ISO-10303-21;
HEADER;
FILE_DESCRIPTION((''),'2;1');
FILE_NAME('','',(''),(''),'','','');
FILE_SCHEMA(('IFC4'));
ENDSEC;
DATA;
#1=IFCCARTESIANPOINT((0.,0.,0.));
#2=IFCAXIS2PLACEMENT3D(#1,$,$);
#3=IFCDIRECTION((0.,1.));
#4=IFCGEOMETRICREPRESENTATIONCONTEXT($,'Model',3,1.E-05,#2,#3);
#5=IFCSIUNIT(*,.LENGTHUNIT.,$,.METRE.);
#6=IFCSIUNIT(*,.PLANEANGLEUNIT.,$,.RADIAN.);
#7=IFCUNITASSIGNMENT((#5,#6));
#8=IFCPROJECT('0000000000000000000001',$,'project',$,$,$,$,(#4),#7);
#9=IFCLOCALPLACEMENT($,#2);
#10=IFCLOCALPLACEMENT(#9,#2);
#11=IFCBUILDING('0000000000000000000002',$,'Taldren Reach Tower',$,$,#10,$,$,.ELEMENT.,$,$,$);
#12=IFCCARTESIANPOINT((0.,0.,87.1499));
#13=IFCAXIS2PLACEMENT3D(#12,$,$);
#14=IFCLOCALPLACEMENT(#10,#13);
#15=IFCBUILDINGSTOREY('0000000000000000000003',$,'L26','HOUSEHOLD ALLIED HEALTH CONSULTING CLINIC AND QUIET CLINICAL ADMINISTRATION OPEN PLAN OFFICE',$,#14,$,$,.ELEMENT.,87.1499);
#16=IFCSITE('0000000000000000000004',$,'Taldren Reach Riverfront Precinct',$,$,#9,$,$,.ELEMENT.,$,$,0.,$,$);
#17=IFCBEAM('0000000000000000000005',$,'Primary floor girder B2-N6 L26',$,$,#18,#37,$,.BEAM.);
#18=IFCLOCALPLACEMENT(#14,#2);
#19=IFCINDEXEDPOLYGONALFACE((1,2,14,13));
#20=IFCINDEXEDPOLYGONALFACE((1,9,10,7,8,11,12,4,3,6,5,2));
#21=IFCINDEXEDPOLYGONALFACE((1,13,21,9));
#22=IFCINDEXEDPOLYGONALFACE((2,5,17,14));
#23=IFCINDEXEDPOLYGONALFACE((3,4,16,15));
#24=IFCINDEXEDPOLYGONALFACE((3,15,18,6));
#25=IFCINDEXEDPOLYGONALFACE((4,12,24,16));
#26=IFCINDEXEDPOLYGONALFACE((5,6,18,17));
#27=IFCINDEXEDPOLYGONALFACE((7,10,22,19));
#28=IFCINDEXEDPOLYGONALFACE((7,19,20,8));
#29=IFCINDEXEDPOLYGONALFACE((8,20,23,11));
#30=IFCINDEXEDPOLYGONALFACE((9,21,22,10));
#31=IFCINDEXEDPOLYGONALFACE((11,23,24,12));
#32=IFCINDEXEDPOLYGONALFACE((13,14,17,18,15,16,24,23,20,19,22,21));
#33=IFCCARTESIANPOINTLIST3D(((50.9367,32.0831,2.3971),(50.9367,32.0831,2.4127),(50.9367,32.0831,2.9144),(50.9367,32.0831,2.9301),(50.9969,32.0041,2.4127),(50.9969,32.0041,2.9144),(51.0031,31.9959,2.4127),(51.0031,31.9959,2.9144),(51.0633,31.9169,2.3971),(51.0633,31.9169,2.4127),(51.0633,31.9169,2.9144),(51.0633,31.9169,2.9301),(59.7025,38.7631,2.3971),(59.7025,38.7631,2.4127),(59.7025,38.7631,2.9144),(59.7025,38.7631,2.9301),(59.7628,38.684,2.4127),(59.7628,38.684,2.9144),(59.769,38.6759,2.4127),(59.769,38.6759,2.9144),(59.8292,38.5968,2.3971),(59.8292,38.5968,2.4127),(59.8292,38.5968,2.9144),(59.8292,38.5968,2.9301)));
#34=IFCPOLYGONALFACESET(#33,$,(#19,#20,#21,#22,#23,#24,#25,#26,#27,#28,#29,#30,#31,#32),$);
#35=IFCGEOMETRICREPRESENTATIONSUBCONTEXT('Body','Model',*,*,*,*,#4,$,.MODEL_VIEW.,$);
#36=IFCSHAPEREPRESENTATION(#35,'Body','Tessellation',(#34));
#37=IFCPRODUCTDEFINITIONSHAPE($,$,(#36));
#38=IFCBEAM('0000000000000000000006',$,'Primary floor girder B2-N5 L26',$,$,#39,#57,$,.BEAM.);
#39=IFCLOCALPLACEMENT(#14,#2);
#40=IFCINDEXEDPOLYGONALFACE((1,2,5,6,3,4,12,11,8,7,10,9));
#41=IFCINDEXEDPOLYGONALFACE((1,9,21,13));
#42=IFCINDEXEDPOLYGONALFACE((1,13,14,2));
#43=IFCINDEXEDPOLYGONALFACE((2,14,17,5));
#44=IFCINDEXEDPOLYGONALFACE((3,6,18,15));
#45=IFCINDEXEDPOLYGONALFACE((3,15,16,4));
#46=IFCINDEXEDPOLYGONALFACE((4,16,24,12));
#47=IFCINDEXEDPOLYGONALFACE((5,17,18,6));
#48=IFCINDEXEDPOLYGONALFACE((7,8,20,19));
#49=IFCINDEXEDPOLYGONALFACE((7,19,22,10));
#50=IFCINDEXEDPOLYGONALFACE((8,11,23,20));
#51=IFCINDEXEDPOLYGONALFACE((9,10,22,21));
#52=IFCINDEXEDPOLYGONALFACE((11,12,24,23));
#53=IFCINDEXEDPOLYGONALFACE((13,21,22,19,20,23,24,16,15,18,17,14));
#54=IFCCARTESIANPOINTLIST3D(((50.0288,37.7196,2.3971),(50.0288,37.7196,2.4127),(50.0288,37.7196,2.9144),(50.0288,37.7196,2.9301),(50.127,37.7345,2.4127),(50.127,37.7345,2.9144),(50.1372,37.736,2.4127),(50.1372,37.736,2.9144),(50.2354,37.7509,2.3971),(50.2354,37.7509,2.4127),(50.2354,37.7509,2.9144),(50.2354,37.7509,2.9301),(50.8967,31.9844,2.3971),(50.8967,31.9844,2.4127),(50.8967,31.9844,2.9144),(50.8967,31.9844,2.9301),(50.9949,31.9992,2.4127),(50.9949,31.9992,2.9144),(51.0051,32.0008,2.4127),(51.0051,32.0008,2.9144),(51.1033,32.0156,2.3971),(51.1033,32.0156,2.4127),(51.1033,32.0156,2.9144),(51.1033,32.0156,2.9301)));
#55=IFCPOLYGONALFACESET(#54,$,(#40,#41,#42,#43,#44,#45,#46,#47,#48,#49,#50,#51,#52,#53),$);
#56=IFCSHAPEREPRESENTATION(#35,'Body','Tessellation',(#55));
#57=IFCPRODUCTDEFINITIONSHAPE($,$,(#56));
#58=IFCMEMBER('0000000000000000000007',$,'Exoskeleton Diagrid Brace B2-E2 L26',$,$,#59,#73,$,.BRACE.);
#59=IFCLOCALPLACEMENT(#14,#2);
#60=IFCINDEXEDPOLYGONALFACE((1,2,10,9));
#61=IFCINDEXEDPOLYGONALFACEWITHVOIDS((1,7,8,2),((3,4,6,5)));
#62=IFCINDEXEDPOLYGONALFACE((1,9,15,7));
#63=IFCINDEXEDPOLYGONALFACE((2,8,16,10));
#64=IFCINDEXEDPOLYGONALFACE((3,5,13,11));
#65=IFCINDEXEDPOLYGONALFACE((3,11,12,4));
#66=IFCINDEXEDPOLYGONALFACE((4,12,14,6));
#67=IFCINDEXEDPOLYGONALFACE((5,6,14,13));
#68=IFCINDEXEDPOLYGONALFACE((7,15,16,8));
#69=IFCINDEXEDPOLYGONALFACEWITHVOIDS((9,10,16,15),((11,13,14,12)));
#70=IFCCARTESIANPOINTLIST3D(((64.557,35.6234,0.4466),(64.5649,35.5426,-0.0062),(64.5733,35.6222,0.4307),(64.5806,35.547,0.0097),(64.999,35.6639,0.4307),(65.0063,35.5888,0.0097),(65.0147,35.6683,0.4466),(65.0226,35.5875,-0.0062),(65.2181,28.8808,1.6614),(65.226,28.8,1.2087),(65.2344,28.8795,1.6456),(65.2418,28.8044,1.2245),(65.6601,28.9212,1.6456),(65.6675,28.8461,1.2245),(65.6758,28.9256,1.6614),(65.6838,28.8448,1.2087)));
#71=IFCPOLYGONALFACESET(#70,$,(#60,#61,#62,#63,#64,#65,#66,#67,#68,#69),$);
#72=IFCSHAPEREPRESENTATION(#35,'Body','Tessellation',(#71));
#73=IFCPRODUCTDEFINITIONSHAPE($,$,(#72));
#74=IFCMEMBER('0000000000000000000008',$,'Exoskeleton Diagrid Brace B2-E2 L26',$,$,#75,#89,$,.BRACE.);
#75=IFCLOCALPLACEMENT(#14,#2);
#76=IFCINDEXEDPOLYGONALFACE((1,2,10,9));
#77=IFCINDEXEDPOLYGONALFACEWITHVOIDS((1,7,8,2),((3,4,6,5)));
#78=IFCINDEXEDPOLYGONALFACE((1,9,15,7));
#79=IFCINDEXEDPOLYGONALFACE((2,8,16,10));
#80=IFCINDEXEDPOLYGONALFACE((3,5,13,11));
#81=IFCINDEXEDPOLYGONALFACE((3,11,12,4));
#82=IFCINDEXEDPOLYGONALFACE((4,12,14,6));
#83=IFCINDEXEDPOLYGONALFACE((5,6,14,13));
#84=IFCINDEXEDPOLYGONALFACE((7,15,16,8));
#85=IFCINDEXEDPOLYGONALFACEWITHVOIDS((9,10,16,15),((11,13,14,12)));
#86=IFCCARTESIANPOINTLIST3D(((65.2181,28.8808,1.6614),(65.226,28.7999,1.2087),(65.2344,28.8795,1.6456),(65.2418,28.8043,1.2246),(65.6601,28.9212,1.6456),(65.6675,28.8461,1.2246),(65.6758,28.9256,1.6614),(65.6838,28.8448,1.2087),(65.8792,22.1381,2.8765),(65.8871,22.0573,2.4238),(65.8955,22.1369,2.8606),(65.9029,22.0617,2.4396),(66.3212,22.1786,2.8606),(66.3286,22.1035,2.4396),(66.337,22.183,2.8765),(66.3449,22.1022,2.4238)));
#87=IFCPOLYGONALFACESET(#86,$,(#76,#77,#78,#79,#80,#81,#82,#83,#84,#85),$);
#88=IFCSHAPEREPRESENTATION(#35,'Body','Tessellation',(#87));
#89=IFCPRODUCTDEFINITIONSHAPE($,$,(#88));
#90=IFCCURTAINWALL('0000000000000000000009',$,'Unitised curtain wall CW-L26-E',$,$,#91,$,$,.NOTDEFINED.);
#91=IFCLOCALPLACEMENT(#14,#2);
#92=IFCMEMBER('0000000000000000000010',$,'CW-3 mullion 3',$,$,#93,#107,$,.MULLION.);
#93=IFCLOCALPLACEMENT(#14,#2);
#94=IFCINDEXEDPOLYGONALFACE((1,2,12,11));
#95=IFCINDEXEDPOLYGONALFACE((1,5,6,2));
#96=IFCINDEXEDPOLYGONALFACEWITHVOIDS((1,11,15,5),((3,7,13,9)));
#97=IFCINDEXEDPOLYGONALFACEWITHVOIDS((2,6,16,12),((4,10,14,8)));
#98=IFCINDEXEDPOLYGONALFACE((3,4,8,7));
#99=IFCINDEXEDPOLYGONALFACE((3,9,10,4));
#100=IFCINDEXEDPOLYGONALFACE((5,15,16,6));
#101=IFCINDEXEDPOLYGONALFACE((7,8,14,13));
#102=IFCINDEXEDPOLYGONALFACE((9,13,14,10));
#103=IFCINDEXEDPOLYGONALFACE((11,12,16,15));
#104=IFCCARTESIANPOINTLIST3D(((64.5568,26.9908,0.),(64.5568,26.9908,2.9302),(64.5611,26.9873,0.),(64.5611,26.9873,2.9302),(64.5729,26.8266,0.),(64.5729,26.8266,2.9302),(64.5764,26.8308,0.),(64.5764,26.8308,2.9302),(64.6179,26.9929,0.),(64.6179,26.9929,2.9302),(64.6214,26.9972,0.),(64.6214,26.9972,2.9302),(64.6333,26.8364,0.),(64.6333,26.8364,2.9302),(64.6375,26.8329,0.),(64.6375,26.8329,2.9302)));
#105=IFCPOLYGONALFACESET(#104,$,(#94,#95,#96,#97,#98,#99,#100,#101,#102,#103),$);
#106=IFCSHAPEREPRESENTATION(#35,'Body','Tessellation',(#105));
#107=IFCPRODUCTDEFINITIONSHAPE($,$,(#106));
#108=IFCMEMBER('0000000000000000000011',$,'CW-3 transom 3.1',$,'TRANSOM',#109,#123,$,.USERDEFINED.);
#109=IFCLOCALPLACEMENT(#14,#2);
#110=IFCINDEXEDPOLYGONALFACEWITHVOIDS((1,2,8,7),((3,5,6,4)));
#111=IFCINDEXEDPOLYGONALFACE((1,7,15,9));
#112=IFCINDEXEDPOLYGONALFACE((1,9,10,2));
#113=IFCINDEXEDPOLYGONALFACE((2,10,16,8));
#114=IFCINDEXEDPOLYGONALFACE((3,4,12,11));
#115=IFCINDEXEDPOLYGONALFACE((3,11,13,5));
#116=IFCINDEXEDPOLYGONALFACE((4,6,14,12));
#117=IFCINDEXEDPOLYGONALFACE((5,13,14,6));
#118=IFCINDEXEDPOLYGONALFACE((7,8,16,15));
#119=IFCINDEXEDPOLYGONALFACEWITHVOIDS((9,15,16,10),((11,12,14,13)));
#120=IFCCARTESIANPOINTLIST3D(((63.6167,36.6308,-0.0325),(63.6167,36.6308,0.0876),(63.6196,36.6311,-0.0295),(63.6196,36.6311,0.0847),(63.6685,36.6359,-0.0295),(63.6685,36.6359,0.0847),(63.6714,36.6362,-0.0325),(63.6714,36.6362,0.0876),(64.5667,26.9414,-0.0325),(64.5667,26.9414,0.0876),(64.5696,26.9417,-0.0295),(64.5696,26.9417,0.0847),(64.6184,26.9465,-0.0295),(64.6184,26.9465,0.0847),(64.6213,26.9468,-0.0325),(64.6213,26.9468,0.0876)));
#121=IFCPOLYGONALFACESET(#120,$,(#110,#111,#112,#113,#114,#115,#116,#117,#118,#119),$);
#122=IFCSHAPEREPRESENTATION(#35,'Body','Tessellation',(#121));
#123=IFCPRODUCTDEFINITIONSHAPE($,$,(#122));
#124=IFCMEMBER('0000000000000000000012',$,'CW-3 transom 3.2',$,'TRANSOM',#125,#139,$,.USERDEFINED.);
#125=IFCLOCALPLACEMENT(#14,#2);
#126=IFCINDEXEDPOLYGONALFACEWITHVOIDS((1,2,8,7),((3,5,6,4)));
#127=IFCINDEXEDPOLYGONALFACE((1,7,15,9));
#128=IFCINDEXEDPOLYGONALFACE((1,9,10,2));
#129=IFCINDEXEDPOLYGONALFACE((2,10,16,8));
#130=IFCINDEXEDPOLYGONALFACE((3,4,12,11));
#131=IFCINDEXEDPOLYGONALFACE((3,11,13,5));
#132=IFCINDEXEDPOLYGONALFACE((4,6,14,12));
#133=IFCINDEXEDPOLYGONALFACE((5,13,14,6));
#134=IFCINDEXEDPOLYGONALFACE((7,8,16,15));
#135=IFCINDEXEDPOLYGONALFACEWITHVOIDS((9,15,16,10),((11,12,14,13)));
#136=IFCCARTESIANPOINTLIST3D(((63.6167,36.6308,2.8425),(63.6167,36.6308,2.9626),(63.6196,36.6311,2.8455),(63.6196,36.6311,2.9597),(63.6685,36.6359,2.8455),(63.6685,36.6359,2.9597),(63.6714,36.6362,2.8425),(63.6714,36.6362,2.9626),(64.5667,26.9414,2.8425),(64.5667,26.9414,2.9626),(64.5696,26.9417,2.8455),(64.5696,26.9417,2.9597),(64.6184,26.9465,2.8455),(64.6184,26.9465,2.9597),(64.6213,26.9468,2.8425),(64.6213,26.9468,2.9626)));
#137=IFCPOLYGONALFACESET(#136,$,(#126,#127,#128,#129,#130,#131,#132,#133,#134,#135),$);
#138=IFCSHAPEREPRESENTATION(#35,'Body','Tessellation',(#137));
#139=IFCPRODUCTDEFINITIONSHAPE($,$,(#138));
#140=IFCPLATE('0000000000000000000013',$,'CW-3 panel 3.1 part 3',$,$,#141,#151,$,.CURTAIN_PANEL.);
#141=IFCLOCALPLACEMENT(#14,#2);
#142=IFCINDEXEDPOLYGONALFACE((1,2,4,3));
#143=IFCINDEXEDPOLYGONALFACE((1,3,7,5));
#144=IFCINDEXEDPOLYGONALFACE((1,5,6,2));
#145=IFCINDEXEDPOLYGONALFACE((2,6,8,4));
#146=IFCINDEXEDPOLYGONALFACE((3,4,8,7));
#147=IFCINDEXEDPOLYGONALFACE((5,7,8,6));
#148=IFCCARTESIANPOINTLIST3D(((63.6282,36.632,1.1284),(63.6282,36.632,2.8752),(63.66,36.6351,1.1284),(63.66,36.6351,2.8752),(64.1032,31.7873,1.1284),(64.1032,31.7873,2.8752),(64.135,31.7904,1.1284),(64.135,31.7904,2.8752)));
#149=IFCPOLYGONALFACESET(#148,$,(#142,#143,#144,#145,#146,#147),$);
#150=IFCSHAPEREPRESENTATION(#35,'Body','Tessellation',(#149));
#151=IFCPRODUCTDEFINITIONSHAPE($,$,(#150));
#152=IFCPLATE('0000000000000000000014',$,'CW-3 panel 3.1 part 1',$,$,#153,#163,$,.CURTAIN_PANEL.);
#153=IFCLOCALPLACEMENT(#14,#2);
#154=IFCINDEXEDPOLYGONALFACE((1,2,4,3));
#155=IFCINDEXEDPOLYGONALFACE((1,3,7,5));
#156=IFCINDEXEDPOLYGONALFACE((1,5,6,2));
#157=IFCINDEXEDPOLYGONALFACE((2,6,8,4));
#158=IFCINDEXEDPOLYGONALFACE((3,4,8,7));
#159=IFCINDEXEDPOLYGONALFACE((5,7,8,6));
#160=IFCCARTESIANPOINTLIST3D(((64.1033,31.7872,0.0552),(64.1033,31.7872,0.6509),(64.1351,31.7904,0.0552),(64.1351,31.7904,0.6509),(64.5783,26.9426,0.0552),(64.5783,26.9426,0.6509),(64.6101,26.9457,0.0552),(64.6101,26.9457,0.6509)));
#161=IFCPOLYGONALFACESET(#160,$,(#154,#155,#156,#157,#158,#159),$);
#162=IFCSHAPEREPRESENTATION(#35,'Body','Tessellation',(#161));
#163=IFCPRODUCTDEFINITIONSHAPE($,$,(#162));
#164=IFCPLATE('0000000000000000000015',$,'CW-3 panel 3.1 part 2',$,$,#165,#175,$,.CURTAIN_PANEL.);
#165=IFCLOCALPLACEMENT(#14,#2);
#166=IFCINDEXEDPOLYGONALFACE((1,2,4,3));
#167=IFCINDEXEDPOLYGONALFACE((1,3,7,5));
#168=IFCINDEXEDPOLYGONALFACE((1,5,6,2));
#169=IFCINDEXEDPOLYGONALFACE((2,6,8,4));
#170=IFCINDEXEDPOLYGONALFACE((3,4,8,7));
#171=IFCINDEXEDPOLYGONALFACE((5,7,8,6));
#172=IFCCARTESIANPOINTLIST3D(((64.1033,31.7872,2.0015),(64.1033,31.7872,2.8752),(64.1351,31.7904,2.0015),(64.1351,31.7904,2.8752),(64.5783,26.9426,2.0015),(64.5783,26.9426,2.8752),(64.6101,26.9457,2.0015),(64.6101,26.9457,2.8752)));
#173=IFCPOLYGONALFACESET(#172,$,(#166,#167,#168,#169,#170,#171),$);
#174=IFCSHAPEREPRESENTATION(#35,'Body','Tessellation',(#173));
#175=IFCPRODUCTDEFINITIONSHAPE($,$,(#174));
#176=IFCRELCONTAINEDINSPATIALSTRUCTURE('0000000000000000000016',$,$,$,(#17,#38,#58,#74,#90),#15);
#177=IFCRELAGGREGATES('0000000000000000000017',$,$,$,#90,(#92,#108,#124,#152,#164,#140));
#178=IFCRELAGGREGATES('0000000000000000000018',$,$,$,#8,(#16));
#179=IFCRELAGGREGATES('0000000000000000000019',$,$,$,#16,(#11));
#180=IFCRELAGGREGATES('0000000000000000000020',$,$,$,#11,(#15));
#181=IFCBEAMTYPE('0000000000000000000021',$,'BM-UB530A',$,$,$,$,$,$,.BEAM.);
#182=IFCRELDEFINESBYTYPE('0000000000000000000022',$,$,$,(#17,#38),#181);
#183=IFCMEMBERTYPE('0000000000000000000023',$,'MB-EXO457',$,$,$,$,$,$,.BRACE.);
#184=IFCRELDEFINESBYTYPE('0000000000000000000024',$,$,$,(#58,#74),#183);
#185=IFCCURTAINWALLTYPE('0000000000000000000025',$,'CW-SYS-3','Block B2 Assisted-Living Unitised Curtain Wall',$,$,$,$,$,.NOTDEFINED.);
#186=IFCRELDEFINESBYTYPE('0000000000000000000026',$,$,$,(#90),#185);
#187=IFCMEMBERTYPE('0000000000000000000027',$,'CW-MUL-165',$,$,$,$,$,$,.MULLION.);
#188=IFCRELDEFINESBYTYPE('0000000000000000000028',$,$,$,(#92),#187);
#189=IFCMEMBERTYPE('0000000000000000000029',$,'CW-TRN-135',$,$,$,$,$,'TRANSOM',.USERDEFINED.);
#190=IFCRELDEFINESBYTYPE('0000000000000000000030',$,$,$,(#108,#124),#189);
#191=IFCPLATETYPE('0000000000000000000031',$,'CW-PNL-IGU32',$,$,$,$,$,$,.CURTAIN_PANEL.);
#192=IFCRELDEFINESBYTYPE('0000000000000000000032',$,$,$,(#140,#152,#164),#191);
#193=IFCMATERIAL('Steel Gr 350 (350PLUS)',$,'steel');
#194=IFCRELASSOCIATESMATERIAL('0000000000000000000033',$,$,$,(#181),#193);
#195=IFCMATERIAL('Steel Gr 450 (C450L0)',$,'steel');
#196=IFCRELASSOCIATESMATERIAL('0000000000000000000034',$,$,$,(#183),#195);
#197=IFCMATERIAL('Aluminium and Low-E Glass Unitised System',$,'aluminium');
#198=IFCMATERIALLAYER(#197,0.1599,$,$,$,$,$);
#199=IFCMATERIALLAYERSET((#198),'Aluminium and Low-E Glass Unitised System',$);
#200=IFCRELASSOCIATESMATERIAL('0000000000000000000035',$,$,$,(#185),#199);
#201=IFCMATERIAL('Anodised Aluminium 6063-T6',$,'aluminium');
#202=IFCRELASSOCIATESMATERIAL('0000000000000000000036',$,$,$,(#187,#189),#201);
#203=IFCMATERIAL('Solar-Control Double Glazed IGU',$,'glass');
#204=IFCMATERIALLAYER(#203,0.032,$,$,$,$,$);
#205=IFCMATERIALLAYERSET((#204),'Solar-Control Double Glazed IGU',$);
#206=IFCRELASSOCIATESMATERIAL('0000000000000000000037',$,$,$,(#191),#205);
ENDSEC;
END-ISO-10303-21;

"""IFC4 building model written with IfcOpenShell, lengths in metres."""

from ifc_helpers import new_model, si_unit, direction, frame, origin, origin_2d, place, context, subcontext, project, spatial, rectangle, hollow_rectangle, i_section, extrude, source, transform, mapped, material, layer, layer_set, material_profile, profile_set, type_object, element, aggregate, save


model = new_model("IFC4")

# Units and contexts
model_context = context("Model", 3, precision=1e-05, world=origin(), true_north=direction((0.0, 1.0)))
body_context = subcontext(model_context, "Body", "Model", "MODEL_VIEW")
ifc_project = project(units=[si_unit("LENGTHUNIT", "METRE"), si_unit("PLANEANGLEUNIT", "RADIAN")], contexts=[model_context])

# Site, building, storey
site_placement = place(None, origin())
site = spatial("IfcSite", under=ifc_project, at=site_placement, Name="Taldren Reach Riverfront Precinct", CompositionType="ELEMENT", RefElevation=0.0)
building_placement = place(site_placement, origin())
building = spatial("IfcBuilding", under=site, at=building_placement, Name="Taldren Reach Tower", CompositionType="ELEMENT")
storey_placement = place(building_placement, frame((0.0, 0.0, 87.1499)))
storey = spatial("IfcBuildingStorey", under=building, at=storey_placement, Name="L26", Description="HOUSEHOLD ALLIED HEALTH CONSULTING CLINIC AND QUIET CLINICAL ADMINISTRATION OPEN PLAN OFFICE", CompositionType="ELEMENT", Elevation=87.1499)

# Shared definitions
ifc_material_1 = material(Name="Steel Gr 350 (350PLUS)", Category="steel")

# Shared definitions
ifc_material_2 = material(Name="Steel Gr 450 (C450L0)", Category="steel")

# Beams
ifc_material_profile_1 = material_profile(ifc_material_1, i_section(OverallWidth=0.209, OverallDepth=0.533, WebThickness=0.0103, FlangeThickness=0.0156, at=origin_2d()), Name="530UB92.4")
ifc_profile_set_1 = profile_set([ifc_material_profile_1], Name="Steel Gr 350 (350PLUS)")
beam_type_1 = type_object("IfcBeamType", Name="BM-UB530A", PredefinedType="BEAM", material=ifc_profile_set_1)
shared_shape_1 = source(origin(), body_context, "Body", "SweptSolid", [
    extrude(i_section(OverallWidth=0.209, OverallDepth=0.533, WebThickness=0.0103, FlangeThickness=0.0156, at=origin_2d()), origin(), (0.0, 0.0, 1.0), 11.021),
])
beam_1_placement = place(storey_placement, frame((51.0, 32.0, 2.6636), z_axis=(0.79538, 0.606111, 0.0), x_axis=(-0.606111, 0.79538, 0.0)))
element("IfcBeam", 1, at=beam_1_placement, inside=storey, type_object=beam_type_1, Name="Primary floor girder B2-N6 L26", PredefinedType="BEAM", context=body_context, shape_type="MappedRepresentation", body=[
    mapped(shared_shape_1, transform((0.0, 0.0, 0.0), scale=1.0)),
])
shared_shape_2 = source(origin(), body_context, "Body", "SweptSolid", [
    extrude(i_section(OverallWidth=0.209, OverallDepth=0.533, WebThickness=0.0103, FlangeThickness=0.0156, at=origin_2d()), origin(), (0.0, 0.0, 1.0), 5.8005),
])
beam_2_placement = place(storey_placement, frame((51.0, 32.0, 2.6636), z_axis=(-0.149625, 0.988743, 0.0), x_axis=(-0.988743, -0.149625, 0.0)))
element("IfcBeam", 2, at=beam_2_placement, inside=storey, type_object=beam_type_1, Name="Primary floor girder B2-N5 L26", PredefinedType="BEAM", context=body_context, shape_type="MappedRepresentation", body=[
    mapped(shared_shape_2, transform((0.0, 0.0, 0.0), scale=1.0)),
])

# Members
ifc_material_profile_2 = material_profile(ifc_material_2, hollow_rectangle(XDim=0.46, YDim=0.46, WallThickness=0.0161, at=origin_2d()), Name="460x460x16.0SHS")
ifc_profile_set_2 = profile_set([ifc_material_profile_2], Name="Steel Gr 450 (C450L0)")
member_type_1 = type_object("IfcMemberType", Name="MB-EXO457", PredefinedType="BRACE", material=ifc_profile_set_2)
shared_shape_3 = source(origin(), body_context, "Body", "SweptSolid", [
    extrude(hollow_rectangle(XDim=0.46, YDim=0.46, WallThickness=0.0161, at=origin_2d()), origin(), (0.0, 0.0, 1.0), 6.8831),
])
for number, where, z_axis, x_axis, name in (
    (3, (64.7898, 35.6055, 0.2202), (0.096052, -0.979603, 0.176497), (0.995227, 0.097584, 0.0), "Exoskeleton Diagrid Brace B2-E2 L26"),
    (4, (65.4509, 28.8628, 1.4351), (0.096051, -0.979597, 0.176532), (0.995227, 0.097584, 0.0), "Exoskeleton Diagrid Brace B2-E2 L26"),
):
    element("IfcMember", number, at=place(storey_placement, frame(where, z_axis=z_axis, x_axis=x_axis)), inside=storey, type_object=member_type_1, Name=name, PredefinedType="BRACE", context=body_context, shape_type="MappedRepresentation", body=[
        mapped(shared_shape_3, transform((0.0, 0.0, 0.0), scale=1.0)),
    ])

# Curtain wall, members, plates
ifc_material_3 = material(Name="Aluminium and Low-E Glass Unitised System", Category="aluminium")
ifc_layer_1 = layer(ifc_material_3, 0.1599)
ifc_layer_set_1 = layer_set([ifc_layer_1], Name="Aluminium and Low-E Glass Unitised System")
curtain_wall_type = type_object("IfcCurtainWallType", Name="CW-SYS-3", Description="Block B2 Assisted-Living Unitised Curtain Wall", PredefinedType="NOTDEFINED", material=ifc_layer_set_1)
curtain_wall_placement = place(storey_placement, origin())
curtain_wall = element("IfcCurtainWall", 5, at=curtain_wall_placement, inside=storey, type_object=curtain_wall_type, Name="Unitised curtain wall CW-L26-E", PredefinedType="NOTDEFINED")
ifc_material_4 = material(Name="Anodised Aluminium 6063-T6", Category="aluminium")
ifc_material_profile_3 = material_profile(ifc_material_4, hollow_rectangle(XDim=0.0649, YDim=0.165, WallThickness=0.0039, at=origin_2d()), Name="ALU-165x65x4RHS")
ifc_profile_set_3 = profile_set([ifc_material_profile_3], Name="Anodised Aluminium 6063-T6")
member_type_2 = type_object("IfcMemberType", Name="CW-MUL-165", PredefinedType="MULLION", material=ifc_profile_set_3)
shared_shape_4 = source(origin(), body_context, "Body", "SweptSolid", [
    extrude(hollow_rectangle(XDim=0.0649, YDim=0.165, WallThickness=0.0039, at=origin_2d()), origin(), (0.0, 0.0, 1.0), 2.9302),
])
member_1_placement = place(storey_placement, frame((64.5972, 26.9119, 0.0), z_axis=(0.0, 0.0, 1.0), x_axis=(-0.995227, -0.097583, 0.0)))
member_1 = element("IfcMember", 6, at=member_1_placement, type_object=member_type_2, Name="CW-3 mullion 3", PredefinedType="MULLION", context=body_context, shape_type="MappedRepresentation", body=[
    mapped(shared_shape_4, transform((0.0, 0.0, 0.0), scale=1.0)),
])
ifc_material_profile_4 = material_profile(ifc_material_4, hollow_rectangle(XDim=0.0549, YDim=0.1201, WallThickness=0.0029, at=origin_2d()), Name="ALU-120x55x3RHS")
ifc_profile_set_4 = profile_set([ifc_material_profile_4], Name="Anodised Aluminium 6063-T6")
member_type_3 = type_object("IfcMemberType", Name="CW-TRN-135", ElementType="TRANSOM", PredefinedType="USERDEFINED", material=ifc_profile_set_4)
shared_shape_5 = source(origin(), body_context, "Body", "SweptSolid", [
    extrude(hollow_rectangle(XDim=0.0549, YDim=0.1201, WallThickness=0.0029, at=origin_2d()), origin(), (0.0, 0.0, 1.0), 9.7358),
])
member_2_placement = place(storey_placement, frame((64.594, 26.9441, 0.0276), z_axis=(-0.097572, 0.995228, 0.0), x_axis=(-0.995228, -0.097572, 0.0)))
member_2 = element("IfcMember", 7, at=member_2_placement, type_object=member_type_3, Name="CW-3 transom 3.1", ObjectType="TRANSOM", PredefinedType="USERDEFINED", context=body_context, shape_type="MappedRepresentation", body=[
    mapped(shared_shape_5, transform((0.0, 0.0, 0.0), scale=1.0)),
])
member_3_placement = place(storey_placement, frame((64.594, 26.9441, 2.9026), z_axis=(-0.097572, 0.995228, 0.0), x_axis=(-0.995228, -0.097572, 0.0)))
member_3 = element("IfcMember", 8, at=member_3_placement, type_object=member_type_3, Name="CW-3 transom 3.2", ObjectType="TRANSOM", PredefinedType="USERDEFINED", context=body_context, shape_type="MappedRepresentation", body=[
    mapped(shared_shape_5, transform((0.0, 0.0, 0.0), scale=1.0)),
])
ifc_material_5 = material(Name="Solar-Control Double Glazed IGU", Category="glass")
ifc_layer_2 = layer(ifc_material_5, 0.032)
ifc_layer_set_2 = layer_set([ifc_layer_2], Name="Solar-Control Double Glazed IGU")
plate_type = type_object("IfcPlateType", Name="CW-PNL-IGU32", PredefinedType="CURTAIN_PANEL", material=ifc_layer_set_2)
shared_shape_6 = source(origin(), body_context, "Body", "SweptSolid", [
    extrude(rectangle(XDim=4.8679, YDim=0.032, at=origin_2d()), origin(), (0.0, 0.0, 1.0), 1.7468),
])
plate_1_placement = place(storey_placement, frame((63.8816, 34.2112, 1.1284), z_axis=(0.0, 0.0, 1.0), x_axis=(-0.097583, 0.995227, 0.0)))
plate_1 = element("IfcPlate", 9, at=plate_1_placement, type_object=plate_type, Name="CW-3 panel 3.1 part 3", PredefinedType="CURTAIN_PANEL", context=body_context, shape_type="MappedRepresentation", body=[
    mapped(shared_shape_6, transform((0.0, 0.0, 0.0), scale=1.0)),
])
shared_shape_7 = source(origin(), body_context, "Body", "SweptSolid", [
    extrude(rectangle(XDim=4.8679, YDim=0.032, at=origin_2d()), origin(), (0.0, 0.0, 1.0), 0.5957),
])
plate_2_placement = place(storey_placement, frame((64.3567, 29.3665, 0.0552), z_axis=(0.0, 0.0, 1.0), x_axis=(-0.097583, 0.995227, 0.0)))
plate_2 = element("IfcPlate", 10, at=plate_2_placement, type_object=plate_type, Name="CW-3 panel 3.1 part 1", PredefinedType="CURTAIN_PANEL", context=body_context, shape_type="MappedRepresentation", body=[
    mapped(shared_shape_7, transform((0.0, 0.0, 0.0), scale=1.0)),
])
shared_shape_8 = source(origin(), body_context, "Body", "SweptSolid", [
    extrude(rectangle(XDim=4.8679, YDim=0.032, at=origin_2d()), origin(), (0.0, 0.0, 1.0), 0.8738),
])
plate_3_placement = place(storey_placement, frame((64.3567, 29.3665, 2.0015), z_axis=(0.0, 0.0, 1.0), x_axis=(-0.097583, 0.995227, 0.0)))
plate_3 = element("IfcPlate", 11, at=plate_3_placement, type_object=plate_type, Name="CW-3 panel 3.1 part 2", PredefinedType="CURTAIN_PANEL", context=body_context, shape_type="MappedRepresentation", body=[
    mapped(shared_shape_8, transform((0.0, 0.0, 0.0), scale=1.0)),
])
aggregate(curtain_wall, [member_1, member_2, member_3, plate_2, plate_3, plate_1])

save(model, "model.ifc")
